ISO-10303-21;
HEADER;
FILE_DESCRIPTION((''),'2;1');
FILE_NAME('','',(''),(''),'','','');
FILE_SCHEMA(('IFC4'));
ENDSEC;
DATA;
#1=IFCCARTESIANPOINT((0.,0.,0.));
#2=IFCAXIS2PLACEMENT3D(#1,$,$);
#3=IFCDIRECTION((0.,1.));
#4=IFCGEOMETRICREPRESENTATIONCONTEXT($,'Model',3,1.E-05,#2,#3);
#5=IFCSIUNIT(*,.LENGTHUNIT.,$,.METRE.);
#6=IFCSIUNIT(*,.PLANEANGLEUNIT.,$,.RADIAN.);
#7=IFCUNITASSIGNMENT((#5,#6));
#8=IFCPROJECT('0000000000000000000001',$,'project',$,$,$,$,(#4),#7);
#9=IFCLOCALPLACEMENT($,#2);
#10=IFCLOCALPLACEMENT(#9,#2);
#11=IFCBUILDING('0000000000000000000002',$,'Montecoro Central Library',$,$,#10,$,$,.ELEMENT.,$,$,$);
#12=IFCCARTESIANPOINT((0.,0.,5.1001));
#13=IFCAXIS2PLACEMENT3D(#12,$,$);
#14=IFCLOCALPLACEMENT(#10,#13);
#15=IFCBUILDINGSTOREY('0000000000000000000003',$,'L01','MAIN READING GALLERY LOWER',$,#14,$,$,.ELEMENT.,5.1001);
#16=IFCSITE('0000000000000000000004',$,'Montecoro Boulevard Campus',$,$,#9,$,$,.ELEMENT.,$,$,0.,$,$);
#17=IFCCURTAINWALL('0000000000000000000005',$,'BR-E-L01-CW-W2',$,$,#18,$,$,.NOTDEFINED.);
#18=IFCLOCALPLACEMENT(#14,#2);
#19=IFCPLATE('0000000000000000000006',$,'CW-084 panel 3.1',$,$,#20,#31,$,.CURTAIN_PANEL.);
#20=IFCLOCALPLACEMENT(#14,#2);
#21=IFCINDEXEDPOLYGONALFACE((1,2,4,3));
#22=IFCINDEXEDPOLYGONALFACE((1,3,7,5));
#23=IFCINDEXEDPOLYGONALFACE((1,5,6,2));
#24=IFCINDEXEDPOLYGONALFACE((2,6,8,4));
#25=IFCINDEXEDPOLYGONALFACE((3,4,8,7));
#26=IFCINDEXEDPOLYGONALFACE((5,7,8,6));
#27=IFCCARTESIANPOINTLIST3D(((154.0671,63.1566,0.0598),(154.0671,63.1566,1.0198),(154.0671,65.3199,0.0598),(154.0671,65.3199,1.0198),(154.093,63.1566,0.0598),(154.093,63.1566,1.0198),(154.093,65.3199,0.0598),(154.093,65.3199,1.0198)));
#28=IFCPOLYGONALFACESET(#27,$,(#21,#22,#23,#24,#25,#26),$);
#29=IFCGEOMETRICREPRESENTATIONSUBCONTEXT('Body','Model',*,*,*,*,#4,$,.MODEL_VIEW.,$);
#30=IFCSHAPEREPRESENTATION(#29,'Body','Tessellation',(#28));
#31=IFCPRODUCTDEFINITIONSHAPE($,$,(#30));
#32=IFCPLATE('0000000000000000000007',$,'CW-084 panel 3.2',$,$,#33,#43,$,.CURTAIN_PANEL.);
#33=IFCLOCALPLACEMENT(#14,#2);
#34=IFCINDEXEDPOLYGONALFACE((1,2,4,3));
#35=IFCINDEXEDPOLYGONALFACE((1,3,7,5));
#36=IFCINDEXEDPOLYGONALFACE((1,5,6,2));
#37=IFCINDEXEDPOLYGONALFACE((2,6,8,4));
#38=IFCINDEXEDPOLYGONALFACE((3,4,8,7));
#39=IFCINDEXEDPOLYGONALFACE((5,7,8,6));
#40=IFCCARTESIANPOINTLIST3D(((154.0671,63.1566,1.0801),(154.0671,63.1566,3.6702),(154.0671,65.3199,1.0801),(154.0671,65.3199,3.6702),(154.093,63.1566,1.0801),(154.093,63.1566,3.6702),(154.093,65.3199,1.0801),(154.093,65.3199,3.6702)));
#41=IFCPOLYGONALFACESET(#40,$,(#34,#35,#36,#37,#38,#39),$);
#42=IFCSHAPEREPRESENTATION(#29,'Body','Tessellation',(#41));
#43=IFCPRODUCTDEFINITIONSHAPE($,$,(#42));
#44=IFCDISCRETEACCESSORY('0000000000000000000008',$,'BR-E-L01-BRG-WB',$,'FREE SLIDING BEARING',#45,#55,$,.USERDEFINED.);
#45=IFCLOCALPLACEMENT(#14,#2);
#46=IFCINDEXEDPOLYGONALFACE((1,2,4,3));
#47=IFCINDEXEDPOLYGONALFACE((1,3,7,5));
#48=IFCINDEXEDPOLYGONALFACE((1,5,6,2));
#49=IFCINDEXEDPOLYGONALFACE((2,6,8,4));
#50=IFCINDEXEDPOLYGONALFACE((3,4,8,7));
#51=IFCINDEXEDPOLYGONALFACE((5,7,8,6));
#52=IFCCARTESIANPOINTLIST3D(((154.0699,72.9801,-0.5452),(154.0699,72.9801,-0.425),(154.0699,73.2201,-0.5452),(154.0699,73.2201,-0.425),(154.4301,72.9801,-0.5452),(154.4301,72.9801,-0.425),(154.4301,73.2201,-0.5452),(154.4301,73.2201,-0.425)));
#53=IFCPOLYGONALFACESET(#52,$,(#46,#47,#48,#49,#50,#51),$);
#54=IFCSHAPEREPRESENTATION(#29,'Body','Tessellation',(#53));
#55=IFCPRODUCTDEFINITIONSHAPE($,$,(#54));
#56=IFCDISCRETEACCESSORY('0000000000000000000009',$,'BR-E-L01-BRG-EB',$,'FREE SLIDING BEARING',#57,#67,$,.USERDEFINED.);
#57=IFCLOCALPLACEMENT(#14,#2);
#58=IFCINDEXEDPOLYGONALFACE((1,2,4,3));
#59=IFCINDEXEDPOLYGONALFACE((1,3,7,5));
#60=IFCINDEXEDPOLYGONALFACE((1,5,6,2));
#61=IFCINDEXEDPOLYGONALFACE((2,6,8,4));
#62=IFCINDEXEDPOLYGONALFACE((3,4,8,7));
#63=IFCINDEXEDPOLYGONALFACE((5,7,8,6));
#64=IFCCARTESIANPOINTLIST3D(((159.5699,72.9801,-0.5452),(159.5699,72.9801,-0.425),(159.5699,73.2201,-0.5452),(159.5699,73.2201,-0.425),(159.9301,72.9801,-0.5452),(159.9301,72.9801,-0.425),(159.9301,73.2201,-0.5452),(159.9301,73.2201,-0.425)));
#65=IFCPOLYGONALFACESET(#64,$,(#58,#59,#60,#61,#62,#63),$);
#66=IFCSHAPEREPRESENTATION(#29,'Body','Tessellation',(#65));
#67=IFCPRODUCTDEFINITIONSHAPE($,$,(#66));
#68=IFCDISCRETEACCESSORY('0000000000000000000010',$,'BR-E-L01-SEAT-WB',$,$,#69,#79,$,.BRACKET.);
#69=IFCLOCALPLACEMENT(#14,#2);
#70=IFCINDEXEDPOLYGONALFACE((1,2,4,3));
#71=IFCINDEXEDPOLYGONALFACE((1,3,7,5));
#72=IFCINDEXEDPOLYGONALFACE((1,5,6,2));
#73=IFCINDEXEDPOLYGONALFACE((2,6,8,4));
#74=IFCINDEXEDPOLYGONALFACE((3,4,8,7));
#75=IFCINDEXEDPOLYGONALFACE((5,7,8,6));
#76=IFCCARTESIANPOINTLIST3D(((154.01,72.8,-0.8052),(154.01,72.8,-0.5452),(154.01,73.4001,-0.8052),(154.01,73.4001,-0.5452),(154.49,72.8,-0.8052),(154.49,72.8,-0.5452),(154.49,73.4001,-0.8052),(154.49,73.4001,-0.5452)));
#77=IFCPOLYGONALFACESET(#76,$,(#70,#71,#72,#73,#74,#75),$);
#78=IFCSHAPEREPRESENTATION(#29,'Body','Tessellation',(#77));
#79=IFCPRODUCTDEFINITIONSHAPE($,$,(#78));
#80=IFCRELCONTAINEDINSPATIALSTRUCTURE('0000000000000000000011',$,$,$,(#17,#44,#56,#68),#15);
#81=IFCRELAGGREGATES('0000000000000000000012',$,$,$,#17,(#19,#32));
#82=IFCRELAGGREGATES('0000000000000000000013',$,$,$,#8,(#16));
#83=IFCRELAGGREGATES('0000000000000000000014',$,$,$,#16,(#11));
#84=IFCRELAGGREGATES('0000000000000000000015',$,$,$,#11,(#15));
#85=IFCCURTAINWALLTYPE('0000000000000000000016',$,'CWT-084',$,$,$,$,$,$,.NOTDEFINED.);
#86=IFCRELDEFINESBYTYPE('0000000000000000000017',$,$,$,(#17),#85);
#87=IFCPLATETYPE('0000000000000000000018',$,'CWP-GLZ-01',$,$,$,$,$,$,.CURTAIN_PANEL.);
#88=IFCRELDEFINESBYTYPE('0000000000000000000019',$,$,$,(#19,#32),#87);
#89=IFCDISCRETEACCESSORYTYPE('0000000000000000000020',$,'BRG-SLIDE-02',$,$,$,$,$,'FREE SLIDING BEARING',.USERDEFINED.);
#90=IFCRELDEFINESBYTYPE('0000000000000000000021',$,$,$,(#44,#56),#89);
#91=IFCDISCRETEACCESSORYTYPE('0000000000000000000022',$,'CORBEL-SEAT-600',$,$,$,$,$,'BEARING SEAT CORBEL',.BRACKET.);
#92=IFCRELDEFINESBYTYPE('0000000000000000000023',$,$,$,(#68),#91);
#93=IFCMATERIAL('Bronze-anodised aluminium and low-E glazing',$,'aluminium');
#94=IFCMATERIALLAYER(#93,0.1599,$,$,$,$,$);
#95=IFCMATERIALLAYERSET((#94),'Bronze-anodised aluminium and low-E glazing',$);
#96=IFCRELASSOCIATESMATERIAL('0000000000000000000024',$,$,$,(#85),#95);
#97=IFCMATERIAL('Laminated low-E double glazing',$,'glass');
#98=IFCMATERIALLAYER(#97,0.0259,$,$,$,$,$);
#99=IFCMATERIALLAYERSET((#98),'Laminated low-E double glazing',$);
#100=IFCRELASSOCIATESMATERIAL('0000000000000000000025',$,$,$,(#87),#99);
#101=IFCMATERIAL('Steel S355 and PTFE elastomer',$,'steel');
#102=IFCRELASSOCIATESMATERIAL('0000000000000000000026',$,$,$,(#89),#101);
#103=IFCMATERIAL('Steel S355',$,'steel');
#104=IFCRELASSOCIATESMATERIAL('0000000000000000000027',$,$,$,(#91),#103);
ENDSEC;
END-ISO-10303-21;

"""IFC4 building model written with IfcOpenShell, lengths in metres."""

from ifc_helpers import new_model, si_unit, direction, frame, origin, origin_2d, place, context, subcontext, project, spatial, rectangle, extrude, material, layer, layer_set, type_object, element, aggregate, save


model = new_model("IFC4")

# Units and contexts
model_context = context("Model", 3, precision=1e-05, world=origin(), true_north=direction((0.0, 1.0)))
body_context = subcontext(model_context, "Body", "Model", "MODEL_VIEW")
ifc_project = project(units=[si_unit("LENGTHUNIT", "METRE"), si_unit("PLANEANGLEUNIT", "RADIAN")], contexts=[model_context])

# Site, building, storey
site_placement = place(None, origin())
site = spatial("IfcSite", under=ifc_project, at=site_placement, Name="Montecoro Boulevard Campus", CompositionType="ELEMENT", RefElevation=0.0)
building_placement = place(site_placement, origin())
building = spatial("IfcBuilding", under=site, at=building_placement, Name="Montecoro Central Library", CompositionType="ELEMENT")
storey_placement = place(building_placement, frame((0.0, 0.0, 5.1001)))
storey = spatial("IfcBuildingStorey", under=building, at=storey_placement, Name="L01", Description="MAIN READING GALLERY LOWER", CompositionType="ELEMENT", Elevation=5.1001)

# Shared definitions
ifc_material_1 = material(Name="Steel S355", Category="steel")

# Curtain wall, plates
ifc_material_2 = material(Name="Bronze-anodised aluminium and low-E glazing", Category="aluminium")
ifc_layer_1 = layer(ifc_material_2, 0.1599)
ifc_layer_set_1 = layer_set([ifc_layer_1], Name="Bronze-anodised aluminium and low-E glazing")
curtain_wall_type = type_object("IfcCurtainWallType", Name="CWT-084", PredefinedType="NOTDEFINED", material=ifc_layer_set_1)
curtain_wall_placement = place(storey_placement, origin())
curtain_wall = element("IfcCurtainWall", 1, at=curtain_wall_placement, inside=storey, type_object=curtain_wall_type, Name="BR-E-L01-CW-W2", PredefinedType="NOTDEFINED")
ifc_material_3 = material(Name="Laminated low-E double glazing", Category="glass")
ifc_layer_2 = layer(ifc_material_3, 0.0259)
ifc_layer_set_2 = layer_set([ifc_layer_2], Name="Laminated low-E double glazing")
plate_type = type_object("IfcPlateType", Name="CWP-GLZ-01", PredefinedType="CURTAIN_PANEL", material=ifc_layer_set_2)
plate_1_placement = place(storey_placement, frame((154.0801, 64.2383, 0.0598), z_axis=(0.0, 0.0, 1.0), x_axis=(0.0, 1.0, 0.0)))
plate_1 = element("IfcPlate", 2, at=plate_1_placement, type_object=plate_type, Name="CW-084 panel 3.1", PredefinedType="CURTAIN_PANEL", context=body_context, shape_type="SweptSolid", body=[
    extrude(rectangle(XDim=2.1633, YDim=0.0259, at=origin_2d()), origin(), (0.0, 0.0, 1.0), 0.96),
])
plate_2_placement = place(storey_placement, frame((154.0801, 64.2383, 1.0801), z_axis=(0.0, 0.0, 1.0), x_axis=(0.0, 1.0, 0.0)))
plate_2 = element("IfcPlate", 3, at=plate_2_placement, type_object=plate_type, Name="CW-084 panel 3.2", PredefinedType="CURTAIN_PANEL", context=body_context, shape_type="SweptSolid", body=[
    extrude(rectangle(XDim=2.1633, YDim=0.0259, at=origin_2d()), origin(), (0.0, 0.0, 1.0), 2.5901),
])
aggregate(curtain_wall, [plate_1, plate_2])

# Discrete accessories
ifc_material_4 = material(Name="Steel S355 and PTFE elastomer", Category="steel")
discrete_accessory_type_1 = type_object("IfcDiscreteAccessoryType", Name="BRG-SLIDE-02", ElementType="FREE SLIDING BEARING", PredefinedType="USERDEFINED", material=ifc_material_4)
for number, where, z_axis, x_axis, name in (
    (4, (154.25, 73.1001, -0.5452), (0.0, 0.0, 1.0), (1.0, 0.0, 0.0), "BR-E-L01-BRG-WB"),
    (5, (159.75, 73.1001, -0.5452), (0.0, 0.0, 1.0), (1.0, 0.0, 0.0), "BR-E-L01-BRG-EB"),
):
    element("IfcDiscreteAccessory", number, at=place(storey_placement, frame(where, z_axis=z_axis, x_axis=x_axis)), inside=storey, type_object=discrete_accessory_type_1, Name=name, ObjectType="FREE SLIDING BEARING", PredefinedType="USERDEFINED", context=body_context, shape_type="SweptSolid", body=[
        extrude(rectangle(XDim=0.3601, YDim=0.24, at=origin_2d()), origin(), (0.0, 0.0, 1.0), 0.1201),
    ])
discrete_accessory_type_2 = type_object("IfcDiscreteAccessoryType", Name="CORBEL-SEAT-600", ElementType="BEARING SEAT CORBEL", PredefinedType="BRACKET", material=ifc_material_1)
discrete_accessory_placement = place(storey_placement, frame((154.25, 73.1001, -0.8052), z_axis=(0.0, 0.0, 1.0), x_axis=(1.0, 0.0, 0.0)))
element("IfcDiscreteAccessory", 6, at=discrete_accessory_placement, inside=storey, type_object=discrete_accessory_type_2, Name="BR-E-L01-SEAT-WB", PredefinedType="BRACKET", context=body_context, shape_type="SweptSolid", body=[
    extrude(rectangle(XDim=0.48, YDim=0.6001, at=origin_2d()), origin(), (0.0, 0.0, 1.0), 0.26),
])

save(model, "model.ifc")
